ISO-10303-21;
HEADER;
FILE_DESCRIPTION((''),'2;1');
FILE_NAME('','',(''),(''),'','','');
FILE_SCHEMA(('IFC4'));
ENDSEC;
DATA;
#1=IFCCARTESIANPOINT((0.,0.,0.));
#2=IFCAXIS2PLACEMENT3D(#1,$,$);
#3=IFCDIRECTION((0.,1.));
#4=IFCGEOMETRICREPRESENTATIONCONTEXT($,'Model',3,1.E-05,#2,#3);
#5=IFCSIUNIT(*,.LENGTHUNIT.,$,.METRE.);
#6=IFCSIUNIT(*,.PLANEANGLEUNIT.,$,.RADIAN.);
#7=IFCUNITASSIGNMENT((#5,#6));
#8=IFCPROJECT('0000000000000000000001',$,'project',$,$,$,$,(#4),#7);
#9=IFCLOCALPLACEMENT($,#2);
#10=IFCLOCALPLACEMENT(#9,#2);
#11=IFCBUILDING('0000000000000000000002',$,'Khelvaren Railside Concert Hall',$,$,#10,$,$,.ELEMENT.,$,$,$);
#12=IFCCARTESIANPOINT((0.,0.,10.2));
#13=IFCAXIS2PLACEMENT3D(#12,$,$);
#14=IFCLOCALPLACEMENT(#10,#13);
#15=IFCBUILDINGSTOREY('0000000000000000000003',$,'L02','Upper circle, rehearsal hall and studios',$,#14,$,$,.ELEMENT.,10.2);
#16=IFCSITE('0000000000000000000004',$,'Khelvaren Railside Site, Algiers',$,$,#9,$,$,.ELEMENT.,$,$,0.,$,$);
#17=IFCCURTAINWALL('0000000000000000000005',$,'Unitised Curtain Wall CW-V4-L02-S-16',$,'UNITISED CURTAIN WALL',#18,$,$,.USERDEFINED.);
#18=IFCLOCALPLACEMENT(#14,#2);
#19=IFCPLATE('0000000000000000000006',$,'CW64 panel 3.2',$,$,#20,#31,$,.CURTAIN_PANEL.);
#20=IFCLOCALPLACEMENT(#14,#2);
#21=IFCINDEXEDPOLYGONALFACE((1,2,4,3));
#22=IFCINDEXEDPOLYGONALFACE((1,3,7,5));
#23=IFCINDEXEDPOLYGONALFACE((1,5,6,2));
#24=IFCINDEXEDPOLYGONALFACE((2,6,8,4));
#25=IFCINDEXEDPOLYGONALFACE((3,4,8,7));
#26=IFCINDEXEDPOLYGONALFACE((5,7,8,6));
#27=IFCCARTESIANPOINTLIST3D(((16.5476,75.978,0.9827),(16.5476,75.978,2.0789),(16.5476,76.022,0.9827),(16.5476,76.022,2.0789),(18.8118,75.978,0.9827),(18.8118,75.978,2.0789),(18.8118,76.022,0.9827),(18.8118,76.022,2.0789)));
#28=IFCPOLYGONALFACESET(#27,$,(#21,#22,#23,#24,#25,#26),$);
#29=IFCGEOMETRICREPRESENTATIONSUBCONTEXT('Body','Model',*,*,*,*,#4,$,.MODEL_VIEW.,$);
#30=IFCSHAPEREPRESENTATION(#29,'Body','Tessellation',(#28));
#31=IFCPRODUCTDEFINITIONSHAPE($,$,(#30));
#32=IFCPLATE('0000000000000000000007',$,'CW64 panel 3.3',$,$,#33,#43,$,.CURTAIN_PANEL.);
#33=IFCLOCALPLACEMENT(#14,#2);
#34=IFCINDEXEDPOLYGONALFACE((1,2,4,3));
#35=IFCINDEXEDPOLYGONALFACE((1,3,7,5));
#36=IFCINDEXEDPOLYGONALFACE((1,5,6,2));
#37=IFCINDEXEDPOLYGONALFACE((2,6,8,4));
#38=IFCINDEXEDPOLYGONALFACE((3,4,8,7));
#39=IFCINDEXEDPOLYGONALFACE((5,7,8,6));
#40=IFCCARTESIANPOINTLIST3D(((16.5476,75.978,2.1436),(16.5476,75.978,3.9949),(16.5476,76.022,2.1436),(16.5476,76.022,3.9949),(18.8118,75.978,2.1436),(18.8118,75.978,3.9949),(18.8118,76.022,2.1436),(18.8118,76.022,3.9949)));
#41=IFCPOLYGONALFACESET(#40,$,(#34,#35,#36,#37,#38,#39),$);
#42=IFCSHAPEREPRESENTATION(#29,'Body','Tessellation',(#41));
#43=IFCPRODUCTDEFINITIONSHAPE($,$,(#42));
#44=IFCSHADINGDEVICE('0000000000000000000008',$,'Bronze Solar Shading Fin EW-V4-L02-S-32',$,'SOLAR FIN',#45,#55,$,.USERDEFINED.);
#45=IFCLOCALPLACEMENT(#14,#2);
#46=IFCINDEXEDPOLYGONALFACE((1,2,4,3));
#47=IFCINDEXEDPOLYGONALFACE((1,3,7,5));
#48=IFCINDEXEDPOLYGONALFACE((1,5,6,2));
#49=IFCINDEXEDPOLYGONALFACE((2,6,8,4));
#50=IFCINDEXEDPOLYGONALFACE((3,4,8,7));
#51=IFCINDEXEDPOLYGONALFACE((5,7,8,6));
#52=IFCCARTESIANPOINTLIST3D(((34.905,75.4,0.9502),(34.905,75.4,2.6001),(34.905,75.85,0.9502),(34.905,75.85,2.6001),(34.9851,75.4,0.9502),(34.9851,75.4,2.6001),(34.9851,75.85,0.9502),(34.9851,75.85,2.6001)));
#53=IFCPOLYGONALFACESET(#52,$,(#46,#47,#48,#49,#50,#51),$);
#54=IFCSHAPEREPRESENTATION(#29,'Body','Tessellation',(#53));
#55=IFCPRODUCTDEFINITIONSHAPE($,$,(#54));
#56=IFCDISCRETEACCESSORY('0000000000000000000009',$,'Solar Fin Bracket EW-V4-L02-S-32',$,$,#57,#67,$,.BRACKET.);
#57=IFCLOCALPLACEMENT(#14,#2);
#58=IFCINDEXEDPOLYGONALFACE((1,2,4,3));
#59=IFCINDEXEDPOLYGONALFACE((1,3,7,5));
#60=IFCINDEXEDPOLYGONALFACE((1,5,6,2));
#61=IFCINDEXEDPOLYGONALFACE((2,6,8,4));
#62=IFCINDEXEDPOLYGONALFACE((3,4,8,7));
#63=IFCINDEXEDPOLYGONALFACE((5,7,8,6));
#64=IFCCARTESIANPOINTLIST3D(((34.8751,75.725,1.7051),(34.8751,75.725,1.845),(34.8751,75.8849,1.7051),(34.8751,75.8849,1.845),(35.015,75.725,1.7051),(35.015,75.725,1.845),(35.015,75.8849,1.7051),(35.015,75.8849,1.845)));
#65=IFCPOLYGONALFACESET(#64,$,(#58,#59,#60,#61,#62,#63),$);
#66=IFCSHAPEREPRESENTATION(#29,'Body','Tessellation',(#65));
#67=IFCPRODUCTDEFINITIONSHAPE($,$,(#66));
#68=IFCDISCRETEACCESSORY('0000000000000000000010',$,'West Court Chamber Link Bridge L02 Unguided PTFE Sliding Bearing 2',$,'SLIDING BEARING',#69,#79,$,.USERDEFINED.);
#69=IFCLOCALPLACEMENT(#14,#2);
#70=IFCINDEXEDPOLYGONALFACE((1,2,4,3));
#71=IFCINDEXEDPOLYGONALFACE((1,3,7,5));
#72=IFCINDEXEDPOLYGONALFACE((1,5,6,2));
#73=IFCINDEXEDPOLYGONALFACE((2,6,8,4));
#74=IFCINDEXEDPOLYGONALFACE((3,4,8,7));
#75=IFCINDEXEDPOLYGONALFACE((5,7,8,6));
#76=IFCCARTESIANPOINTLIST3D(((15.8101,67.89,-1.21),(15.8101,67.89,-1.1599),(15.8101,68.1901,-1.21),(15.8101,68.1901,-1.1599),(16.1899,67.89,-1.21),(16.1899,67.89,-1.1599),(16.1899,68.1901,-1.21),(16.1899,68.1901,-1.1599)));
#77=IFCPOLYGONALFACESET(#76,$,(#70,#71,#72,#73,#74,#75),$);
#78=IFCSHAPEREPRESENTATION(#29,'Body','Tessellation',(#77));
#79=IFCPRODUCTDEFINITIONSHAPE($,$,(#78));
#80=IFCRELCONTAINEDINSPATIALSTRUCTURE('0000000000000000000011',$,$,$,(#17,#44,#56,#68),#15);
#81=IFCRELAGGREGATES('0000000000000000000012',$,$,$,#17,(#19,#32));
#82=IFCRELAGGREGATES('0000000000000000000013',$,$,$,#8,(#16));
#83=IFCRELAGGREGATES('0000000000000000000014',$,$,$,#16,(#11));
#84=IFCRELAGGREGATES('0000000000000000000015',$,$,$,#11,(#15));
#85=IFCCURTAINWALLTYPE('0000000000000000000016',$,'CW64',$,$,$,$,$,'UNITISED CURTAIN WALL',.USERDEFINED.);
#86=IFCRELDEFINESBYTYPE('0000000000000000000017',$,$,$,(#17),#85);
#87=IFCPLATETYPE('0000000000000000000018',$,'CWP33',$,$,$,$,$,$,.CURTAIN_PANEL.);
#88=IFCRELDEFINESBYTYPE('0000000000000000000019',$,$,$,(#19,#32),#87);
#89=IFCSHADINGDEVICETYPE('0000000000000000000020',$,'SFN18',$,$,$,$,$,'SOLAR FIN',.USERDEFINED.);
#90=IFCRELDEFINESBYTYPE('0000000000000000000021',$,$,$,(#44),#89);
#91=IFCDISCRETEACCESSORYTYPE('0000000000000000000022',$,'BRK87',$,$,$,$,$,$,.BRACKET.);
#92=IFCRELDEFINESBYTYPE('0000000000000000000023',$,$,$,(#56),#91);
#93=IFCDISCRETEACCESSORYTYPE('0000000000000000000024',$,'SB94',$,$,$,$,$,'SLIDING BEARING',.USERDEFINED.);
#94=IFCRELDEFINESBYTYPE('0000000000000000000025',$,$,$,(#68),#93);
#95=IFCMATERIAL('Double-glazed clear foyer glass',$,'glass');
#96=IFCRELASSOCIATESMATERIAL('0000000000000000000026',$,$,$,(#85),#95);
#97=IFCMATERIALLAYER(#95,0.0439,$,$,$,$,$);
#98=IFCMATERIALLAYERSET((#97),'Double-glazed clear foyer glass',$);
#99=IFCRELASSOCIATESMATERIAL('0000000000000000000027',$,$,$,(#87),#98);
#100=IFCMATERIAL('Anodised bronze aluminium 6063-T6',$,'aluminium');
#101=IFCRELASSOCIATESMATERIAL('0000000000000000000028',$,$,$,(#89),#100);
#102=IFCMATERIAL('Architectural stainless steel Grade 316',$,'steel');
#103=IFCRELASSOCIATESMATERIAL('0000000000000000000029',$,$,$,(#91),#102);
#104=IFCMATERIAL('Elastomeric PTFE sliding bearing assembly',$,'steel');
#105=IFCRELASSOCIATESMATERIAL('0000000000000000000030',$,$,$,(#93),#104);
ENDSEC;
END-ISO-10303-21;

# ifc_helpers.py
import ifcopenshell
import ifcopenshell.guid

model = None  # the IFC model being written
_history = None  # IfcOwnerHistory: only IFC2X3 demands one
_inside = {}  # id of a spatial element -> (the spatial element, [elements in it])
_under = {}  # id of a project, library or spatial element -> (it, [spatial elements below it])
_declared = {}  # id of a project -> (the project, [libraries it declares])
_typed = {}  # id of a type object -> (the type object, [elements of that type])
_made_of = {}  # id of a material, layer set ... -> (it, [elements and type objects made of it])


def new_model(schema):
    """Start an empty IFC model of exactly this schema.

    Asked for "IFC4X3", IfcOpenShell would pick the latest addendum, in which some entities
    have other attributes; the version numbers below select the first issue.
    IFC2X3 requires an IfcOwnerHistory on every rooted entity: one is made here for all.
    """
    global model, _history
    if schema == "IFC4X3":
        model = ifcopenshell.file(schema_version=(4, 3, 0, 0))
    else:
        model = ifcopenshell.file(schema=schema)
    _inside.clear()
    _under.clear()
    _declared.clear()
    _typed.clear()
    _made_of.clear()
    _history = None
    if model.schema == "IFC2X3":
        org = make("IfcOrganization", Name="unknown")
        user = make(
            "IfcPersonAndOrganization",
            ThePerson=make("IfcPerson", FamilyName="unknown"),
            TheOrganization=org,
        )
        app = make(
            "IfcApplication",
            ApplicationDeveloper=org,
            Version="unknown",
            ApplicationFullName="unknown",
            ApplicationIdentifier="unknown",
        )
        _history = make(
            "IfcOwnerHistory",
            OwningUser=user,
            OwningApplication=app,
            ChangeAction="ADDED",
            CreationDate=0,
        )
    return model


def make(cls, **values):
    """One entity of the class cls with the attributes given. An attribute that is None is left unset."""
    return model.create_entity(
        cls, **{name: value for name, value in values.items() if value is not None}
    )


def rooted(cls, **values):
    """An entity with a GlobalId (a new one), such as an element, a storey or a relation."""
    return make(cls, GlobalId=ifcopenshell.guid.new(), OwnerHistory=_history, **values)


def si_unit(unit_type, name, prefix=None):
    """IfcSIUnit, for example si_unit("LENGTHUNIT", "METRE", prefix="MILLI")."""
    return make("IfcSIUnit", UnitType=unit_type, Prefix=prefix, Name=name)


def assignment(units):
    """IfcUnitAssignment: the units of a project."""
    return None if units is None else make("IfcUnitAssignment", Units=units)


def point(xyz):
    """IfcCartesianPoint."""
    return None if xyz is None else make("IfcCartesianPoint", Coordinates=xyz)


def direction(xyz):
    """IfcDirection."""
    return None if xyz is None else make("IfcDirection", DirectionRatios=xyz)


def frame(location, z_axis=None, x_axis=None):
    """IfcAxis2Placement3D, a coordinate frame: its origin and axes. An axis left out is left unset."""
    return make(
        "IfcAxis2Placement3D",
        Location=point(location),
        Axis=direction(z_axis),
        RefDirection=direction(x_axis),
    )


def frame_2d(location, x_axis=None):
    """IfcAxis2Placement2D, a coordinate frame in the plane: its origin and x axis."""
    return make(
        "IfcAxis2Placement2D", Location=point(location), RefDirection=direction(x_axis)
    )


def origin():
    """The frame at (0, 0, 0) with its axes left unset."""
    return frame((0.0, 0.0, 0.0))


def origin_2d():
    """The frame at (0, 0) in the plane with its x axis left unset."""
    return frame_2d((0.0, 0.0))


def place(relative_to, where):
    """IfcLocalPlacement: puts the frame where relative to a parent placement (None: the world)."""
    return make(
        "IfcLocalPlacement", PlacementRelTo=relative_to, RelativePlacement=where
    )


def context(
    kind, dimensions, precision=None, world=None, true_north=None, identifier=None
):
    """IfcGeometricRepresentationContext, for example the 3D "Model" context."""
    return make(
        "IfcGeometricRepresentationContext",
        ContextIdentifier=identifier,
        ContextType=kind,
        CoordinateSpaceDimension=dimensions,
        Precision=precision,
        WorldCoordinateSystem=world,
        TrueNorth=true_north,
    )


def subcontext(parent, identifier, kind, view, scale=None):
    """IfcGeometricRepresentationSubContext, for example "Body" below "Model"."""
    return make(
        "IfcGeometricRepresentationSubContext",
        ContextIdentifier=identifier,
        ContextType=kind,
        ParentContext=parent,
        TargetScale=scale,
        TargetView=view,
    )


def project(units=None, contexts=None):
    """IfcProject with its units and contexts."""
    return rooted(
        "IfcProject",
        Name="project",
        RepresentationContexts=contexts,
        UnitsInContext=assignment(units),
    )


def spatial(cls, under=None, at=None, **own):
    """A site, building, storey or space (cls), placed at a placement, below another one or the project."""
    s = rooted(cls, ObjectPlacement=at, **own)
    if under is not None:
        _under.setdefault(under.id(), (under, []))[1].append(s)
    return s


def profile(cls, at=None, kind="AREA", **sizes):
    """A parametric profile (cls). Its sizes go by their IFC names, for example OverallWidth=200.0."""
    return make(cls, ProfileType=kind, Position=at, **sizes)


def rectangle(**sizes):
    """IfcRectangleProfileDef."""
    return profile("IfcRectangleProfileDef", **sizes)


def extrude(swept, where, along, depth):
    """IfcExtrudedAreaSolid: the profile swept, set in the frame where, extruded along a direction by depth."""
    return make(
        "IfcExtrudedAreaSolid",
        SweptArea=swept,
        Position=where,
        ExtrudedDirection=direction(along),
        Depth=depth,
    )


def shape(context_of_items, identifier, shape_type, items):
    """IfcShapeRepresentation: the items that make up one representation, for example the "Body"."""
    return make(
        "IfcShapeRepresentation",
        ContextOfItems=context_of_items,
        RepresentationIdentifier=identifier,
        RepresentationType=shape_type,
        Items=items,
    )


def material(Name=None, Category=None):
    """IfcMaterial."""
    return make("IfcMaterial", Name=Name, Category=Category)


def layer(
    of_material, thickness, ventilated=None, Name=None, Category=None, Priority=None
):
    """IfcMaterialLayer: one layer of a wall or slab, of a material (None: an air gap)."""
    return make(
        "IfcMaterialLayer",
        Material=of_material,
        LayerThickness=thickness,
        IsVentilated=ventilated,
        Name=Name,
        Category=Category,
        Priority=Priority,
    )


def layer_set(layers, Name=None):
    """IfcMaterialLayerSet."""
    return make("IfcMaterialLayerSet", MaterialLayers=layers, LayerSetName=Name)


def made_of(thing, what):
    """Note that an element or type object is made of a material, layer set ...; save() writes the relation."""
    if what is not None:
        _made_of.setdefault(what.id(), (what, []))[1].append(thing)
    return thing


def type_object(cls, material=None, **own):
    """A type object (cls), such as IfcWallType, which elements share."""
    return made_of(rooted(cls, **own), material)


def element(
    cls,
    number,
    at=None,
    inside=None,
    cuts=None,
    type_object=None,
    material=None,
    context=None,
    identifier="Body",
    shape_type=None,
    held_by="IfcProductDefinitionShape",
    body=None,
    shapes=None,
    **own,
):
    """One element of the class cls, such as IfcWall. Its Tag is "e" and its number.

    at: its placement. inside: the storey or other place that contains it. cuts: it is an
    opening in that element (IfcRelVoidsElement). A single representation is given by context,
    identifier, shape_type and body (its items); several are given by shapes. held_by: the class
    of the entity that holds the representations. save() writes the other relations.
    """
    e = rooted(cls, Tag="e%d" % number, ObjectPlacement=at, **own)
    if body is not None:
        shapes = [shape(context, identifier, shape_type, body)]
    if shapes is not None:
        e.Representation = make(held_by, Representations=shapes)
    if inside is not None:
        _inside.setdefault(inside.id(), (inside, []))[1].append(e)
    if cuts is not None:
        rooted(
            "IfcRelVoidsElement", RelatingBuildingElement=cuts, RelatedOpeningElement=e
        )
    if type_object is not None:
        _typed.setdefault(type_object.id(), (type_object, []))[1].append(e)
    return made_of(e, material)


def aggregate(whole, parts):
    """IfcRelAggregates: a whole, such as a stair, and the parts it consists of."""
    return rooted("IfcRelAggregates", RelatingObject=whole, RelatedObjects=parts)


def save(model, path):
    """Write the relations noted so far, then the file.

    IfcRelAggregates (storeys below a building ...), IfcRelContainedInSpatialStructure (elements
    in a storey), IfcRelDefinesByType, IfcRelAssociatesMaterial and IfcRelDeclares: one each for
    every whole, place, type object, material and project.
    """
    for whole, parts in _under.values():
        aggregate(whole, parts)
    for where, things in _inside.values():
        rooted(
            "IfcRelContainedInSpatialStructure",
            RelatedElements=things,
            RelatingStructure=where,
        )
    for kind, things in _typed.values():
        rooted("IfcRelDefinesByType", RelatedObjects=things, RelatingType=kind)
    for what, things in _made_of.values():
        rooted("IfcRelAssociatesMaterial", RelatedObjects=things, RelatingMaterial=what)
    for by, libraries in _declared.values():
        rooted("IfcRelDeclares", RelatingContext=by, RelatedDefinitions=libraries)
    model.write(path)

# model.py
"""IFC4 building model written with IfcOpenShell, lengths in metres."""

from ifc_helpers import new_model, si_unit, direction, frame, origin, origin_2d, place, context, subcontext, project, spatial, rectangle, extrude, material, layer, layer_set, type_object, element, aggregate, save


model = new_model("IFC4")

# Units and contexts
model_context = context("Model", 3, precision=1e-05, world=origin(), true_north=direction((0.0, 1.0)))
body_context = subcontext(model_context, "Body", "Model", "MODEL_VIEW")
ifc_project = project(units=[si_unit("LENGTHUNIT", "METRE"), si_unit("PLANEANGLEUNIT", "RADIAN")], contexts=[model_context])

# Site, building, storey
site_placement = place(None, origin())
site = spatial("IfcSite", under=ifc_project, at=site_placement, Name="Khelvaren Railside Site, Algiers", CompositionType="ELEMENT", RefElevation=0.0)
building_placement = place(site_placement, origin())
building = spatial("IfcBuilding", under=site, at=building_placement, Name="Khelvaren Railside Concert Hall", CompositionType="ELEMENT")
storey_placement = place(building_placement, frame((0.0, 0.0, 10.2)))
storey = spatial("IfcBuildingStorey", under=building, at=storey_placement, Name="L02", Description="Upper circle, rehearsal hall and studios", CompositionType="ELEMENT", Elevation=10.2)

# Curtain wall
ifc_material_1 = material(Name="Double-glazed clear foyer glass", Category="glass")
curtain_wall_type = type_object("IfcCurtainWallType", Name="CW64", ElementType="UNITISED CURTAIN WALL", PredefinedType="USERDEFINED", material=ifc_material_1)
curtain_wall_placement = place(storey_placement, origin())
curtain_wall = element("IfcCurtainWall", 1, at=curtain_wall_placement, inside=storey, type_object=curtain_wall_type, Name="Unitised Curtain Wall CW-V4-L02-S-16", ObjectType="UNITISED CURTAIN WALL", PredefinedType="USERDEFINED")

# Plates
ifc_layer = layer(ifc_material_1, 0.0439)
ifc_layer_set = layer_set([ifc_layer], Name="Double-glazed clear foyer glass")
plate_type = type_object("IfcPlateType", Name="CWP33", PredefinedType="CURTAIN_PANEL", material=ifc_layer_set)
plate_1_placement = place(storey_placement, frame((17.6797, 76.0, 0.9827), z_axis=(0.0, 0.0, 1.0), x_axis=(-1.0, 0.0, 0.0)))
plate_1 = element("IfcPlate", 2, at=plate_1_placement, type_object=plate_type, Name="CW64 panel 3.2", PredefinedType="CURTAIN_PANEL", context=body_context, shape_type="SweptSolid", body=[
    extrude(rectangle(XDim=2.2642, YDim=0.0439, at=origin_2d()), origin(), (0.0, 0.0, 1.0), 1.0962),
])
plate_2_placement = place(storey_placement, frame((17.6797, 76.0, 2.1436), z_axis=(0.0, 0.0, 1.0), x_axis=(-1.0, 0.0, 0.0)))
plate_2 = element("IfcPlate", 3, at=plate_2_placement, type_object=plate_type, Name="CW64 panel 3.3", PredefinedType="CURTAIN_PANEL", context=body_context, shape_type="SweptSolid", body=[
    extrude(rectangle(XDim=2.2642, YDim=0.0439, at=origin_2d()), origin(), (0.0, 0.0, 1.0), 1.8513),
])
aggregate(curtain_wall, [plate_1, plate_2])

# Shared definitions
ifc_material_2 = material(Name="Architectural stainless steel Grade 316", Category="steel")

# Shading device
ifc_material_3 = material(Name="Anodised bronze aluminium 6063-T6", Category="aluminium")
shading_device_type = type_object("IfcShadingDeviceType", Name="SFN18", ElementType="SOLAR FIN", PredefinedType="USERDEFINED", material=ifc_material_3)
shading_device_placement = place(storey_placement, frame((34.9451, 75.625, 0.9502), z_axis=(0.0, 0.0, 1.0), x_axis=(-1.0, 0.0, 0.0)))
element("IfcShadingDevice", 4, at=shading_device_placement, inside=storey, type_object=shading_device_type, Name="Bronze Solar Shading Fin EW-V4-L02-S-32", ObjectType="SOLAR FIN", PredefinedType="USERDEFINED", context=body_context, shape_type="SweptSolid", body=[
    extrude(rectangle(XDim=0.0801, YDim=0.45, at=origin_2d()), origin(), (0.0, 0.0, 1.0), 1.6499),
])

# Discrete accessories
discrete_accessory_type_1 = type_object("IfcDiscreteAccessoryType", Name="BRK87", PredefinedType="BRACKET", material=ifc_material_2)
discrete_accessory_1_placement = place(storey_placement, frame((34.9451, 75.8049, 1.7051), z_axis=(0.0, 0.0, 1.0), x_axis=(-1.0, 0.0, 0.0)))
element("IfcDiscreteAccessory", 5, at=discrete_accessory_1_placement, inside=storey, type_object=discrete_accessory_type_1, Name="Solar Fin Bracket EW-V4-L02-S-32", PredefinedType="BRACKET", context=body_context, shape_type="SweptSolid", body=[
    extrude(rectangle(XDim=0.1399, YDim=0.1599, at=origin_2d()), origin(), (0.0, 0.0, 1.0), 0.1399),
])
ifc_material_4 = material(Name="Elastomeric PTFE sliding bearing assembly", Category="steel")
discrete_accessory_type_2 = type_object("IfcDiscreteAccessoryType", Name="SB94", ElementType="SLIDING BEARING", PredefinedType="USERDEFINED", material=ifc_material_4)
discrete_accessory_2_placement = place(storey_placement, frame((16.0, 68.04, -1.21), z_axis=(0.0, 0.0, 1.0), x_axis=(0.0, 1.0, 0.0)))
element("IfcDiscreteAccessory", 6, at=discrete_accessory_2_placement, inside=storey, type_object=discrete_accessory_type_2, Name="West Court Chamber Link Bridge L02 Unguided PTFE Sliding Bearing 2", ObjectType="SLIDING BEARING", PredefinedType="USERDEFINED", context=body_context, shape_type="SweptSolid", body=[
    extrude(rectangle(XDim=0.3, YDim=0.3799, at=origin_2d()), origin(), (0.0, 0.0, 1.0), 0.05),
])

save(model, "model.ifc")
